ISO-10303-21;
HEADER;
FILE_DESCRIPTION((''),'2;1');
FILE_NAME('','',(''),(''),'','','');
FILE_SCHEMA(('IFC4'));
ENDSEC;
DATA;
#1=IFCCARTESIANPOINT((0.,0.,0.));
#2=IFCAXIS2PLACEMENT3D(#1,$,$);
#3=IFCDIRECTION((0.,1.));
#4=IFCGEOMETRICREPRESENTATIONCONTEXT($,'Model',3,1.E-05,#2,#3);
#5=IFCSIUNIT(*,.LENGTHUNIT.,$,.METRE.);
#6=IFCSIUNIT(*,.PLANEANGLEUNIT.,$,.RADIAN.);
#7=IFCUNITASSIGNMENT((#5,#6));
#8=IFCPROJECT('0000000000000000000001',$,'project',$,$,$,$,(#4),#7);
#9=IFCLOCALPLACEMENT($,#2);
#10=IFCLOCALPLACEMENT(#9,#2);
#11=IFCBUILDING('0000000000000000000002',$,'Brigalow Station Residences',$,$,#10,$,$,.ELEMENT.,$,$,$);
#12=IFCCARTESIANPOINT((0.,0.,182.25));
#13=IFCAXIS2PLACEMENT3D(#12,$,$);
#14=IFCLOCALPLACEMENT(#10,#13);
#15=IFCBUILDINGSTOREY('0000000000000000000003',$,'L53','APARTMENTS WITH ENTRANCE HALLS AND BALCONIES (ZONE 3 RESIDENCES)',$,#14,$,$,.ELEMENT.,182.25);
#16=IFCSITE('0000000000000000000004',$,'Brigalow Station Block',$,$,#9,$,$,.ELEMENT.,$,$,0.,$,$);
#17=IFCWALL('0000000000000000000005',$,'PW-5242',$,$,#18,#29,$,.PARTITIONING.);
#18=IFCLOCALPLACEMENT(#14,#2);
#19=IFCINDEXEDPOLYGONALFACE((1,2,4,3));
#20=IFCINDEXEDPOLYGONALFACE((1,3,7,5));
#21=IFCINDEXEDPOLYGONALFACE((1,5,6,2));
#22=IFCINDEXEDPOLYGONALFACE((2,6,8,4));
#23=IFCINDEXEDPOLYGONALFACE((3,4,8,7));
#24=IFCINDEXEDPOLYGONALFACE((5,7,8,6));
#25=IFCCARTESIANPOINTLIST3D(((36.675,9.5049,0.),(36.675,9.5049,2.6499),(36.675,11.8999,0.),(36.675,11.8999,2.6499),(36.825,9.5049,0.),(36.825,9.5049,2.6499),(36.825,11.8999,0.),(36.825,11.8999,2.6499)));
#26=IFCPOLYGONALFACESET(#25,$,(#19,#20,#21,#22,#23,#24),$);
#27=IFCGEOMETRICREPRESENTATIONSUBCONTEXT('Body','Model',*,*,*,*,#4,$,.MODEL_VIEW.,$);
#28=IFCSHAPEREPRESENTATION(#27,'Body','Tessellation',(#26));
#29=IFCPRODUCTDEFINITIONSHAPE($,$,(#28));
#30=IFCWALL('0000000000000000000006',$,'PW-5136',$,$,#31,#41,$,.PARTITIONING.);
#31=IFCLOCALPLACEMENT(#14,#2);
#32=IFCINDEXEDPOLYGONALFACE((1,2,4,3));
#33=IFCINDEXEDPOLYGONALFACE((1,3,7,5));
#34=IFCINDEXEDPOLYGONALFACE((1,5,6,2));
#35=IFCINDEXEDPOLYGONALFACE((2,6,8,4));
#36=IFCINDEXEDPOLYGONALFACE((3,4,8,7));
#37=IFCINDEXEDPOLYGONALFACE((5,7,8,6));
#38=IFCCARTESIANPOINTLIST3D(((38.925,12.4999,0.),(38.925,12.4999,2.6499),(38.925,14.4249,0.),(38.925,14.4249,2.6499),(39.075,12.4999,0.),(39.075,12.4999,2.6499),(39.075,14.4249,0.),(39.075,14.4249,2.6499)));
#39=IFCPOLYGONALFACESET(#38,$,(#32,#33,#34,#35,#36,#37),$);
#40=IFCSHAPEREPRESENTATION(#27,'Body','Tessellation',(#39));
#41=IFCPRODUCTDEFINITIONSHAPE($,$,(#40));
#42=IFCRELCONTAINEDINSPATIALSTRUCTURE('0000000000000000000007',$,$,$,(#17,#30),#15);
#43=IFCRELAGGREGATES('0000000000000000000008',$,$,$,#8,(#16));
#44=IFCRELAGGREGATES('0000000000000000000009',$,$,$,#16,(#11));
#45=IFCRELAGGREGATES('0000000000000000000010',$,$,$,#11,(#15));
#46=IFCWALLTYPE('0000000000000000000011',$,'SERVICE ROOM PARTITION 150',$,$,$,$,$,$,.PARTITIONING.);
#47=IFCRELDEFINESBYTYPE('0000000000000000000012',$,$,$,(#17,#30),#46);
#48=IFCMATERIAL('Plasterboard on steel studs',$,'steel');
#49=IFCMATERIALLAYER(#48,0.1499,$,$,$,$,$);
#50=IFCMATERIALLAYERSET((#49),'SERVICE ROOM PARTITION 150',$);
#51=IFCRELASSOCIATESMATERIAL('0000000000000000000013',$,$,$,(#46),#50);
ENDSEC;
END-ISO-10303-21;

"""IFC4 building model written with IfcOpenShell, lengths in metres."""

from ifc_helpers import new_model, si_unit, direction, frame, frame_2d, origin, place, context, subcontext, project, spatial, rectangle, extrude, material, layer, layer_set, type_object, element, save


model = new_model("IFC4")

# Units and contexts
model_context = context("Model", 3, precision=1e-05, world=origin(), true_north=direction((0.0, 1.0)))
body_context = subcontext(model_context, "Body", "Model", "MODEL_VIEW")
ifc_project = project(units=[si_unit("LENGTHUNIT", "METRE"), si_unit("PLANEANGLEUNIT", "RADIAN")], contexts=[model_context])

# Site, building, storey
site_placement = place(None, origin())
site = spatial("IfcSite", under=ifc_project, at=site_placement, Name="Brigalow Station Block", CompositionType="ELEMENT", RefElevation=0.0)
building_placement = place(site_placement, origin())
building = spatial("IfcBuilding", under=site, at=building_placement, Name="Brigalow Station Residences", CompositionType="ELEMENT")
storey_placement = place(building_placement, frame((0.0, 0.0, 182.25)))
storey = spatial("IfcBuildingStorey", under=building, at=storey_placement, Name="L53", Description="APARTMENTS WITH ENTRANCE HALLS AND BALCONIES (ZONE 3 RESIDENCES)", CompositionType="ELEMENT", Elevation=182.25)

# Shared definitions
ifc_material_1 = material(Name="Plasterboard on steel studs", Category="steel")
ifc_layer_1 = layer(ifc_material_1, 0.1499)
ifc_layer_set_1 = layer_set([ifc_layer_1], Name="SERVICE ROOM PARTITION 150")
wall_type_1 = type_object("IfcWallType", Name="SERVICE ROOM PARTITION 150", PredefinedType="PARTITIONING", material=ifc_layer_set_1)

# Walls
wall_1_placement = place(storey_placement, frame((36.75, 9.5049, 0.0), z_axis=(0.0, 0.0, 1.0), x_axis=(0.0, 1.0, 0.0)))
element("IfcWall", 1, at=wall_1_placement, inside=storey, type_object=wall_type_1, Name="PW-5242", PredefinedType="PARTITIONING", context=body_context, shape_type="SweptSolid", body=[
    extrude(rectangle(XDim=2.395, YDim=0.1499, at=frame_2d((1.1975, 0.0))), origin(), (0.0, 0.0, 1.0), 2.6499),
])
wall_2_placement = place(storey_placement, frame((39.0, 12.5, 0.0), z_axis=(0.0, 0.0, 1.0), x_axis=(0.0, 1.0, 0.0)))
element("IfcWall", 2, at=wall_2_placement, inside=storey, type_object=wall_type_1, Name="PW-5136", PredefinedType="PARTITIONING", context=body_context, shape_type="SweptSolid", body=[
    extrude(rectangle(XDim=1.925, YDim=0.1499, at=frame_2d((0.9624, 0.0))), origin(), (0.0, 0.0, 1.0), 2.6499),
])

save(model, "model.ifc")
